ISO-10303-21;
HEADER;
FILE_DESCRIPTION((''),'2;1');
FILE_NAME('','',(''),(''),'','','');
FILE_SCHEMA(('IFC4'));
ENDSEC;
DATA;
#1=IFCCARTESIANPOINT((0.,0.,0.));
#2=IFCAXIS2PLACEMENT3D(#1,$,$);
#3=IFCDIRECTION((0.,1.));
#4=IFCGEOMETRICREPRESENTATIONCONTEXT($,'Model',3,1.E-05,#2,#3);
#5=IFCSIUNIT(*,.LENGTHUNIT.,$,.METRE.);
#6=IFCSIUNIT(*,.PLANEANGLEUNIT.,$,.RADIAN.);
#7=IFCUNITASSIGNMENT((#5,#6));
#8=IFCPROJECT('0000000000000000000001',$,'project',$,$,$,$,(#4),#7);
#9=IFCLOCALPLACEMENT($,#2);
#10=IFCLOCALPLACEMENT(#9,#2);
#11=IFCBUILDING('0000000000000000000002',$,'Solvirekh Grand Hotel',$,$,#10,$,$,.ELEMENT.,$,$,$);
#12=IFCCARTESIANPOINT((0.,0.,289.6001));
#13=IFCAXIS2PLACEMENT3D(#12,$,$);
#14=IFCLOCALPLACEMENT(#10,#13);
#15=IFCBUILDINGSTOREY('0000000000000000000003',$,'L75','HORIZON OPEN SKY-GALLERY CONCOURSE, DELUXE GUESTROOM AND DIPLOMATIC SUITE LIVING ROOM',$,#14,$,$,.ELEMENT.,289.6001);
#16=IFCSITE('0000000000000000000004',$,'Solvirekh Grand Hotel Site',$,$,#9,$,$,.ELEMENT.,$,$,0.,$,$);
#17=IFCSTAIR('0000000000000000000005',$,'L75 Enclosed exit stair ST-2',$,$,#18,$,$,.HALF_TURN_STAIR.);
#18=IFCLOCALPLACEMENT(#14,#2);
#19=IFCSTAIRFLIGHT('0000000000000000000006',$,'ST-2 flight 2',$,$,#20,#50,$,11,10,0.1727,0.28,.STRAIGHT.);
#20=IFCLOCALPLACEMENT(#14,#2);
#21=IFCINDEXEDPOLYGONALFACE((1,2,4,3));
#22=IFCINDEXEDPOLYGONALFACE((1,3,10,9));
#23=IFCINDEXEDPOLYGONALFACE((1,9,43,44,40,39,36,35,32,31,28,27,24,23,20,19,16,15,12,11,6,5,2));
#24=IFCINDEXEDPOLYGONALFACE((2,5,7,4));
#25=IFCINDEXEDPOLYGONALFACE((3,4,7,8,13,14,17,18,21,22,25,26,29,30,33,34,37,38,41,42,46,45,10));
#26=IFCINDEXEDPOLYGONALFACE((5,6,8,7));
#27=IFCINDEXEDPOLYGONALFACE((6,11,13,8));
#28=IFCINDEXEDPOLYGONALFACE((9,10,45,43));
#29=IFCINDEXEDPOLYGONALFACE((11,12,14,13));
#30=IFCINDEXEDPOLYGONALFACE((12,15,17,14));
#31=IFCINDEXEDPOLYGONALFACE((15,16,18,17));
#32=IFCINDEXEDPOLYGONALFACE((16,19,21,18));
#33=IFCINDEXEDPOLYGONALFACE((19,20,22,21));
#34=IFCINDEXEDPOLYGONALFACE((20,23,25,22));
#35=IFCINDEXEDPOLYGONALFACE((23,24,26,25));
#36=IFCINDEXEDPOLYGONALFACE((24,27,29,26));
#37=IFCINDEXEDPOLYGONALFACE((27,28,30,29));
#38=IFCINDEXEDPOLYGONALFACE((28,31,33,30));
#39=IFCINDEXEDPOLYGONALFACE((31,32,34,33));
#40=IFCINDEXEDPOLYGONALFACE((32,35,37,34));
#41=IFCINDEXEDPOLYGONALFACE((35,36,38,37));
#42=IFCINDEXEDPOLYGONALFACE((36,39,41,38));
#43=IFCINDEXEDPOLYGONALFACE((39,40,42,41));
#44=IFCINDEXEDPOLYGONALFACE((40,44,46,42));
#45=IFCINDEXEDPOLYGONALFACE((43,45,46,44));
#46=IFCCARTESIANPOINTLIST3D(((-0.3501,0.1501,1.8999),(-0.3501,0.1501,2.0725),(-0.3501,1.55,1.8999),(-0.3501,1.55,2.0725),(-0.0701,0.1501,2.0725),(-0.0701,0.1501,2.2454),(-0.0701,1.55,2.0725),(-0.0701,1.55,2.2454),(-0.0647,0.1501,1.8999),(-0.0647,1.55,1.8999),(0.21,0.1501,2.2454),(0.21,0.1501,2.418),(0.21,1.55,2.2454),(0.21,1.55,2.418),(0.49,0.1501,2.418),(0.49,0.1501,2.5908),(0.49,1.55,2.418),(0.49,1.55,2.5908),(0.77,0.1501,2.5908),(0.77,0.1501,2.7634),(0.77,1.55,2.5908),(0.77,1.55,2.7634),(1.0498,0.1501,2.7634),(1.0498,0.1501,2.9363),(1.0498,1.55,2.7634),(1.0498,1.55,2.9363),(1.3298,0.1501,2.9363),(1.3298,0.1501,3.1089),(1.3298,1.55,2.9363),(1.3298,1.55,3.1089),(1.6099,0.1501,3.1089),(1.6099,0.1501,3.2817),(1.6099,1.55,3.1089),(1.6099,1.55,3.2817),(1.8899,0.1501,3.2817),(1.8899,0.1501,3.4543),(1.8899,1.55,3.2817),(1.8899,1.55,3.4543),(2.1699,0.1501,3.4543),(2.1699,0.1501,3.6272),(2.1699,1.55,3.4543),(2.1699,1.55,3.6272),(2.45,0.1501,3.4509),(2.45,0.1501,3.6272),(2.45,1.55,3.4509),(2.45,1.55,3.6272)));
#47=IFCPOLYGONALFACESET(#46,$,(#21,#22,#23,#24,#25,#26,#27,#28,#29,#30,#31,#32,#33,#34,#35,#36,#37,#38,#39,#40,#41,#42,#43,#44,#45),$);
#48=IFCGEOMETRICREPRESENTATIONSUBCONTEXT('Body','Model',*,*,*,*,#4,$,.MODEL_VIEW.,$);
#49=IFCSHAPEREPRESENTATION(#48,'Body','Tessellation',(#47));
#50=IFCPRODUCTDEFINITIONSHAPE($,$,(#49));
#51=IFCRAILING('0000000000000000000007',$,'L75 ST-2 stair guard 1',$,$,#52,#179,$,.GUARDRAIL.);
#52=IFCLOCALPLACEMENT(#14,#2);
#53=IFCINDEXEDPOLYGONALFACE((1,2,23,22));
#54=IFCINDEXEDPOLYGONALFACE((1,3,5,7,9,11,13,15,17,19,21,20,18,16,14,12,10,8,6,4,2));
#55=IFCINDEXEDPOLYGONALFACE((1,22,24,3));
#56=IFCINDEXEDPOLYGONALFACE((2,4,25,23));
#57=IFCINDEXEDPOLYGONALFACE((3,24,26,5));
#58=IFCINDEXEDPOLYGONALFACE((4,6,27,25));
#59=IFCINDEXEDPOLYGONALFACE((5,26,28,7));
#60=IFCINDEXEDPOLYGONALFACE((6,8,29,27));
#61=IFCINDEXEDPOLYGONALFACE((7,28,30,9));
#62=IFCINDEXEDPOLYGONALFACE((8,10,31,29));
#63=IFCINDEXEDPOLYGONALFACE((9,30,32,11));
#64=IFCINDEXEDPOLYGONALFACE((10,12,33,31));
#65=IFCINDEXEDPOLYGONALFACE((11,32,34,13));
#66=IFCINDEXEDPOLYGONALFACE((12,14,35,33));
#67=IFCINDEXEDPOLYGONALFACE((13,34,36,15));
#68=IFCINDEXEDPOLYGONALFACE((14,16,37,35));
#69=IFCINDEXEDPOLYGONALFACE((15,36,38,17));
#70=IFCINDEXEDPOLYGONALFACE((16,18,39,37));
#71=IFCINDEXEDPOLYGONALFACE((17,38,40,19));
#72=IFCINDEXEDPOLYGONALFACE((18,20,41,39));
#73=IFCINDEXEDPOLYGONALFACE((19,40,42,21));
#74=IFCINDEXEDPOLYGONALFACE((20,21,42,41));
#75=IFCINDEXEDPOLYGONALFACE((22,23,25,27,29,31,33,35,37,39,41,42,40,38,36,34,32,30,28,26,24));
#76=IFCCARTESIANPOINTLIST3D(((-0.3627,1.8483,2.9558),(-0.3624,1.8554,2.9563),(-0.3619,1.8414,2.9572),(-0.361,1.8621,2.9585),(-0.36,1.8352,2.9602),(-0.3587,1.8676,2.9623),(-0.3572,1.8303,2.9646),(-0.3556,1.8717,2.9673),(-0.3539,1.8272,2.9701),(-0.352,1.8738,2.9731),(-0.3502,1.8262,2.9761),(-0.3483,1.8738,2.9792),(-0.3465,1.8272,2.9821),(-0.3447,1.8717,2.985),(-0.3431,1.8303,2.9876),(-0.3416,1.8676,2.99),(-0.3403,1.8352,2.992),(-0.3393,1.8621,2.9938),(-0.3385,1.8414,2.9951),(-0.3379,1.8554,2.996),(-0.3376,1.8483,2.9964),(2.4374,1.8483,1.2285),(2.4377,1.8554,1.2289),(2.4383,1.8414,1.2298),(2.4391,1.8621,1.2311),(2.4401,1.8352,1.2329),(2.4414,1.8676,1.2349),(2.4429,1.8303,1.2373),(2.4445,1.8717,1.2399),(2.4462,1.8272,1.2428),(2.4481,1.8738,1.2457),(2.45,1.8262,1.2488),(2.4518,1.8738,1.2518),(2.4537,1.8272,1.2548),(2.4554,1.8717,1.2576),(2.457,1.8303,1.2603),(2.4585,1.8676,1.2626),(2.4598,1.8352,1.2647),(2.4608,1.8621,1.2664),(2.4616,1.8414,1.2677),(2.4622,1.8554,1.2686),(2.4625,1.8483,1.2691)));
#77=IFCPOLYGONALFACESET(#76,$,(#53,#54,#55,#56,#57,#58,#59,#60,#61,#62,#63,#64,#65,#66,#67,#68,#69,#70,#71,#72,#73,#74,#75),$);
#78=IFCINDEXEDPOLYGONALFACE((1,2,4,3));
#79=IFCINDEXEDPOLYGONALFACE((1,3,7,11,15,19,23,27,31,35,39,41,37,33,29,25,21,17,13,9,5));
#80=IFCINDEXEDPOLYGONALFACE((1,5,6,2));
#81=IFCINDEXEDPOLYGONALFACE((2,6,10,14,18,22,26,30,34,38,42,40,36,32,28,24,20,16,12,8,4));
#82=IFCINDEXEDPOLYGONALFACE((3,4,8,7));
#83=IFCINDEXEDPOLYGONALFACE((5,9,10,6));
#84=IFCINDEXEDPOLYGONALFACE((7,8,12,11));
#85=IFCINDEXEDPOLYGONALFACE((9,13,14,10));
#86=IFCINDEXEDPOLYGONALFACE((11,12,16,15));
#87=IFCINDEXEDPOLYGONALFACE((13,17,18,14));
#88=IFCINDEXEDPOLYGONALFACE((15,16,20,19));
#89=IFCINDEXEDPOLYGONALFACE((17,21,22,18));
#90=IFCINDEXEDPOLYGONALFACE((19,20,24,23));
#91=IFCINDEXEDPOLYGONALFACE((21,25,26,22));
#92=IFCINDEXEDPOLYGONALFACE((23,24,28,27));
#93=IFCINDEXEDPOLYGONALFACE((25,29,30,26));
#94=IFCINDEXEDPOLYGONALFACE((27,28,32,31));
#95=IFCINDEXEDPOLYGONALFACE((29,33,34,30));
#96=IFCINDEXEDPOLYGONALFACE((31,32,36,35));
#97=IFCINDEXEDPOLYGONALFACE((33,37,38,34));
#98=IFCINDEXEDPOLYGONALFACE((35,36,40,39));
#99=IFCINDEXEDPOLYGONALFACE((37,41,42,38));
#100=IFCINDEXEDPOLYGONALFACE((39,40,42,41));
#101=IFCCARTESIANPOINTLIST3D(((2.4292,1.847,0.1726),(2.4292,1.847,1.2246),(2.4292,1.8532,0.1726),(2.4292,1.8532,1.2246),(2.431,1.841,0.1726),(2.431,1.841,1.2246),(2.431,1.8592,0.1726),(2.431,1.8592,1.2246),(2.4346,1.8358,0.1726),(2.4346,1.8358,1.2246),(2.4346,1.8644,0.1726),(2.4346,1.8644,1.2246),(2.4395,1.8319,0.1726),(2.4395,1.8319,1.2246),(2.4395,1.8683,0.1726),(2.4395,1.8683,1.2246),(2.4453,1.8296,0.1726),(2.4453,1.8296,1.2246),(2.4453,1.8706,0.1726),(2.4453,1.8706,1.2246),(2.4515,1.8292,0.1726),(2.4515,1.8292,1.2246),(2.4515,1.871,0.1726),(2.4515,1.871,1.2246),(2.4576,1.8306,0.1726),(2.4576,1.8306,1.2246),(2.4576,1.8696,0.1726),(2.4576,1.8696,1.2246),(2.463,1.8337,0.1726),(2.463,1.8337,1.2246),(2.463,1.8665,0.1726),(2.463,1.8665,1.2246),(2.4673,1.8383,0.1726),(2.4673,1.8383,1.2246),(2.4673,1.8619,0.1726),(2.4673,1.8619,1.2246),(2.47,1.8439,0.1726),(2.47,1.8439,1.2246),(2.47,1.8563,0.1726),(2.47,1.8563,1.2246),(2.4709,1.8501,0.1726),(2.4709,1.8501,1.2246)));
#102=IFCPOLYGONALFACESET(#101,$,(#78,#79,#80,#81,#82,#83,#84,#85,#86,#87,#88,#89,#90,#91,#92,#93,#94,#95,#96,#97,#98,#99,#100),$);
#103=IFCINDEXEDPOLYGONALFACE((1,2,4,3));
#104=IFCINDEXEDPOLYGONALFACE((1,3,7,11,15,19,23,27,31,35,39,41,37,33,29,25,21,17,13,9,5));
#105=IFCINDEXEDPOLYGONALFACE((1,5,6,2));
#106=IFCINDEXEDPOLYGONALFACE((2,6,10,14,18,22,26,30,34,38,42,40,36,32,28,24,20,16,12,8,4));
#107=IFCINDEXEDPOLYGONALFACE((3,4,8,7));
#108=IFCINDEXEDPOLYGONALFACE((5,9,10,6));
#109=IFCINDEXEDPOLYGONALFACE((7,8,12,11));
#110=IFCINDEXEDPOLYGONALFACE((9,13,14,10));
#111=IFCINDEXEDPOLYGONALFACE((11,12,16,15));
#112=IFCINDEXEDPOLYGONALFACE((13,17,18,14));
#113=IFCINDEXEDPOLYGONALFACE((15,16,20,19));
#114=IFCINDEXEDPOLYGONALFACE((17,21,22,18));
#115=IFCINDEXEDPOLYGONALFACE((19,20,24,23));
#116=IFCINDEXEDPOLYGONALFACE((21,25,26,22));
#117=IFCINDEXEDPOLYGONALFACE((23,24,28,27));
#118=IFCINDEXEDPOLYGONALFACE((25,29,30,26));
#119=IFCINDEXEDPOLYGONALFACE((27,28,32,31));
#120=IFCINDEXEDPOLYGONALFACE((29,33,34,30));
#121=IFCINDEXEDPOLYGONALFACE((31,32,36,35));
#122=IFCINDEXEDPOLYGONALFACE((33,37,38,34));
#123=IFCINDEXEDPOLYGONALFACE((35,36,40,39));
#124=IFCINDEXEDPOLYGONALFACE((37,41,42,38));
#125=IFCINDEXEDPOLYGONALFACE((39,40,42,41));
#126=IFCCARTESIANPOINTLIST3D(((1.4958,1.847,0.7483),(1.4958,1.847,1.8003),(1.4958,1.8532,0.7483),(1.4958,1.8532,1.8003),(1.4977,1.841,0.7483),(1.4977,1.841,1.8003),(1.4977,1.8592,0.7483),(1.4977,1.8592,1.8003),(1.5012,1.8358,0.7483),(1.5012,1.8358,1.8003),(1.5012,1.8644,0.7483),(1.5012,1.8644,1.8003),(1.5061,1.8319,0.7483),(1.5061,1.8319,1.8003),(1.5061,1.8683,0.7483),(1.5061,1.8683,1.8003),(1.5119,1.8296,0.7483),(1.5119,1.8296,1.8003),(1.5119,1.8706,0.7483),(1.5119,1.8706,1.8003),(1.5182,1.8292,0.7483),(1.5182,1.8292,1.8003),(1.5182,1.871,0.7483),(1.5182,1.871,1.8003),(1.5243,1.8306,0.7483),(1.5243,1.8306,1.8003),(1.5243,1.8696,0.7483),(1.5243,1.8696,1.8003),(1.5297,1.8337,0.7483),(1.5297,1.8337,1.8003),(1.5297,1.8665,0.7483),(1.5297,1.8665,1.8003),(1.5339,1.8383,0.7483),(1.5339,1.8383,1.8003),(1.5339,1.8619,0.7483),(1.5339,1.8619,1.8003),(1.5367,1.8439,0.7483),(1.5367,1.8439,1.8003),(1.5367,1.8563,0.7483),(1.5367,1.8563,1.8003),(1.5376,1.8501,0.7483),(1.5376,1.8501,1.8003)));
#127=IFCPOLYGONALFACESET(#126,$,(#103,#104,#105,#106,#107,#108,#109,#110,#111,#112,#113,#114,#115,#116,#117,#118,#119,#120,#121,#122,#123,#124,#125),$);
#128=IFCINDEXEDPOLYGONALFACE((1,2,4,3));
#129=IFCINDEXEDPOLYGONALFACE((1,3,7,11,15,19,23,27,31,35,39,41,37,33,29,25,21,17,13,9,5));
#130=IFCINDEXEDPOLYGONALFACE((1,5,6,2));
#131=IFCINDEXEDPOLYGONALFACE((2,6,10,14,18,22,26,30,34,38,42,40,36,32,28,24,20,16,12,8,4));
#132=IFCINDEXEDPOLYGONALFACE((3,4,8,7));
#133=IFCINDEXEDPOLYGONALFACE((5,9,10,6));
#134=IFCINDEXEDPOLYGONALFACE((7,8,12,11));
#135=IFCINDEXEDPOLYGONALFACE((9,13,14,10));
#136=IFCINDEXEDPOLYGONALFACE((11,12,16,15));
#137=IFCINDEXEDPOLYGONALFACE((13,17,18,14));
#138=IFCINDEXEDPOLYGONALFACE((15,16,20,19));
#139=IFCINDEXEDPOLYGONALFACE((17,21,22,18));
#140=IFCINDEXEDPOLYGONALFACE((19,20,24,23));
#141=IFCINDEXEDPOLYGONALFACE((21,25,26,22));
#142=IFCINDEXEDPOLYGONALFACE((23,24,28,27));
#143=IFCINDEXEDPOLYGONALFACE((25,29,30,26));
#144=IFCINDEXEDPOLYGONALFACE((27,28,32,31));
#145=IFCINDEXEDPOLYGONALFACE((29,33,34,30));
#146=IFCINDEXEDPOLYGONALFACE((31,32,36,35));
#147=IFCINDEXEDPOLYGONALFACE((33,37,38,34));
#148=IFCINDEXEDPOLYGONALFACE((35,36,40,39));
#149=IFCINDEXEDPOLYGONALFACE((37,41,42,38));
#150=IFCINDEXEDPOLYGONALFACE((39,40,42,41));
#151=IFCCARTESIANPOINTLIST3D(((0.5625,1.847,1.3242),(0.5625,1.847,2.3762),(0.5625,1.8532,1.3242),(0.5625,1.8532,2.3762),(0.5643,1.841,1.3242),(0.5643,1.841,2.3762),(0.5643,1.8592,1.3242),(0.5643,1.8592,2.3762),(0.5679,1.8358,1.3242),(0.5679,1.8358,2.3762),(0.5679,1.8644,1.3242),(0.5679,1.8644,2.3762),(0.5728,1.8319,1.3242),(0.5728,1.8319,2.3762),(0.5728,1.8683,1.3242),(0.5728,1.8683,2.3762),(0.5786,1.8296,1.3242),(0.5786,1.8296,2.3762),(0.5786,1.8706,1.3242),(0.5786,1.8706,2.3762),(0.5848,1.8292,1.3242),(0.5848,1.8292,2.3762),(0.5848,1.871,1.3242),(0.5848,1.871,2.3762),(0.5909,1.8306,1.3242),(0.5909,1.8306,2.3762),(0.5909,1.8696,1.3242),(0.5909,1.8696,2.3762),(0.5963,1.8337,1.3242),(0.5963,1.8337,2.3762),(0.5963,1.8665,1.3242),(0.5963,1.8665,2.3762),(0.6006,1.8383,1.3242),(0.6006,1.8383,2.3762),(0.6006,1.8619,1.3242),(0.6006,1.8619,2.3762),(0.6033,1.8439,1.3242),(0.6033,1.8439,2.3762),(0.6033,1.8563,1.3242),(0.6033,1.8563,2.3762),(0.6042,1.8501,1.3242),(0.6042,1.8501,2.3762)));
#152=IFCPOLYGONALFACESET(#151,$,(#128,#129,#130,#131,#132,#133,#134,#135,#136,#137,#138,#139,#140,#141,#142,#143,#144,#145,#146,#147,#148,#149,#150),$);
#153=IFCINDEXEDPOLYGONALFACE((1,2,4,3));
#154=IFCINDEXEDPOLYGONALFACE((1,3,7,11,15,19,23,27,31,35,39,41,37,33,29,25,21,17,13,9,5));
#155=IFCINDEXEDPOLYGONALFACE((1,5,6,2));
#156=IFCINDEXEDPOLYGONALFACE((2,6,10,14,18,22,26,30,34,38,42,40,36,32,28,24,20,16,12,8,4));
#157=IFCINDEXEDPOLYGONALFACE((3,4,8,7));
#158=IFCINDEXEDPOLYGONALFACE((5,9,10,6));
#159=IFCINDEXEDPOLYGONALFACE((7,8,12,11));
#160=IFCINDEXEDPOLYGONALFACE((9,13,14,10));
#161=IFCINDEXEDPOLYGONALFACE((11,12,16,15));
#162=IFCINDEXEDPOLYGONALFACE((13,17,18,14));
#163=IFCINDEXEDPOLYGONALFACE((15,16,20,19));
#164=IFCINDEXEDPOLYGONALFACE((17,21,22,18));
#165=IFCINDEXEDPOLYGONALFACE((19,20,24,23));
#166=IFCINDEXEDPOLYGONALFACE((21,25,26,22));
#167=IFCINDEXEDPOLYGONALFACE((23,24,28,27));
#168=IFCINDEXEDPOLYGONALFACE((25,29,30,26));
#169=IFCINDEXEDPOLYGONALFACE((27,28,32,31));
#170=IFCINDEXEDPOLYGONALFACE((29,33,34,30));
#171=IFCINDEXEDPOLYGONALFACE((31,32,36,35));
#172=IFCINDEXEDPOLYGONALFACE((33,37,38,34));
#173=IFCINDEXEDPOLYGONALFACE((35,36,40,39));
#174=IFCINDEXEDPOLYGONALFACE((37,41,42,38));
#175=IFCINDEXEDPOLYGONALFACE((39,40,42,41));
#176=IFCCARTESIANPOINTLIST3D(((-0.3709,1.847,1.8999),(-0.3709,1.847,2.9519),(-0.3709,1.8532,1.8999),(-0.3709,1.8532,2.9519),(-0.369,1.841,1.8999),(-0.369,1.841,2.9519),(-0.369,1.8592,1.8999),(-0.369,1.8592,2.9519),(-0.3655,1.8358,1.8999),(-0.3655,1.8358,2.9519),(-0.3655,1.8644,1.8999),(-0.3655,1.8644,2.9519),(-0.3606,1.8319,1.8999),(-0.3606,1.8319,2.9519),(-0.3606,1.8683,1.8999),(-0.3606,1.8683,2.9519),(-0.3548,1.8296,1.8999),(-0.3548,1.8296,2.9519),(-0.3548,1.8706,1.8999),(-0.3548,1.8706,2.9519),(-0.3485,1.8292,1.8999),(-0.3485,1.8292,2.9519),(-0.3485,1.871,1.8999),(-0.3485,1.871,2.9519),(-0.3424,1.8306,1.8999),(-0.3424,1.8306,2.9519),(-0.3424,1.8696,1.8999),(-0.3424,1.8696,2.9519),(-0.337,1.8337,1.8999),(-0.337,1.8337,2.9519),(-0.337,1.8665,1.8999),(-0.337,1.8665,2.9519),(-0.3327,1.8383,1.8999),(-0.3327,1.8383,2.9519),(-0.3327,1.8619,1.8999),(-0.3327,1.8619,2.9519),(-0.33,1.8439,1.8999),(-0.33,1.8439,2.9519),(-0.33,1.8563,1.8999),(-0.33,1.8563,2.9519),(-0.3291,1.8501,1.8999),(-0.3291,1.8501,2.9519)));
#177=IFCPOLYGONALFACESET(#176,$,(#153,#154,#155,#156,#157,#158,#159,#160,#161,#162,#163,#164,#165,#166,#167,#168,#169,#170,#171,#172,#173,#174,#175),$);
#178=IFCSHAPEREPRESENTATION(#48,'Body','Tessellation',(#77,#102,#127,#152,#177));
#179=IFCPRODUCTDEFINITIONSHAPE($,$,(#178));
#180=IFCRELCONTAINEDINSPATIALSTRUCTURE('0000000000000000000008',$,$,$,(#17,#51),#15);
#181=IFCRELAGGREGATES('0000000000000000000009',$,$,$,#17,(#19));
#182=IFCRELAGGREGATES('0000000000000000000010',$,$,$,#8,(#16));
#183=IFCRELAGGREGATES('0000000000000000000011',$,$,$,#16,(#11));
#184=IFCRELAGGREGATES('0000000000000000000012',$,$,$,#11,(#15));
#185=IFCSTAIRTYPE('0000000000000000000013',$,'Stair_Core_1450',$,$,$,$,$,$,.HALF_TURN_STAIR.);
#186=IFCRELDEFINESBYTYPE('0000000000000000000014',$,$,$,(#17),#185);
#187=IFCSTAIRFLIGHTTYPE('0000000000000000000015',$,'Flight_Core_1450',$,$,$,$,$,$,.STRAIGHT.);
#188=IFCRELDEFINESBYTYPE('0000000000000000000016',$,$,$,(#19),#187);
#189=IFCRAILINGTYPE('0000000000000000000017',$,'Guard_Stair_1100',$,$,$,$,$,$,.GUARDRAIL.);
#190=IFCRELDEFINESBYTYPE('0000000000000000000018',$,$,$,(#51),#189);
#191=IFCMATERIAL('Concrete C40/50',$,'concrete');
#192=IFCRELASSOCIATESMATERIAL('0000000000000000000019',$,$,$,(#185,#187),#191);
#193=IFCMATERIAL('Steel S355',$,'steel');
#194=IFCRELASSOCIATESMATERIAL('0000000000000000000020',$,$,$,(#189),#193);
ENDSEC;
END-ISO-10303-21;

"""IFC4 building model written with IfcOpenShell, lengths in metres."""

from ifc_helpers import new_model, si_unit, direction, frame, origin, origin_2d, place, context, subcontext, project, spatial, polyline, circle, outline, extrude, material, type_object, element, aggregate, save


model = new_model("IFC4")

# Units and contexts
model_context = context("Model", 3, precision=1e-05, world=origin(), true_north=direction((0.0, 1.0)))
body_context = subcontext(model_context, "Body", "Model", "MODEL_VIEW")
ifc_project = project(units=[si_unit("LENGTHUNIT", "METRE"), si_unit("PLANEANGLEUNIT", "RADIAN")], contexts=[model_context])

# Site, building, storey
site_placement = place(None, origin())
site = spatial("IfcSite", under=ifc_project, at=site_placement, Name="Solvirekh Grand Hotel Site", CompositionType="ELEMENT", RefElevation=0.0)
building_placement = place(site_placement, origin())
building = spatial("IfcBuilding", under=site, at=building_placement, Name="Solvirekh Grand Hotel", CompositionType="ELEMENT")
storey_placement = place(building_placement, frame((0.0, 0.0, 289.6001)))
storey = spatial("IfcBuildingStorey", under=building, at=storey_placement, Name="L75", Description="HORIZON OPEN SKY-GALLERY CONCOURSE, DELUXE GUESTROOM AND DIPLOMATIC SUITE LIVING ROOM", CompositionType="ELEMENT", Elevation=289.6001)

# Shared definitions
ifc_material_1 = material(Name="Concrete C40/50", Category="concrete")

# Stair, stair flight
stair_type = type_object("IfcStairType", Name="Stair_Core_1450", PredefinedType="HALF_TURN_STAIR", material=ifc_material_1)
stair_placement = place(storey_placement, origin())
stair = element("IfcStair", 1, at=stair_placement, inside=storey, type_object=stair_type, Name="L75 Enclosed exit stair ST-2", PredefinedType="HALF_TURN_STAIR")
stair_flight_type = type_object("IfcStairFlightType", Name="Flight_Core_1450", PredefinedType="STRAIGHT", material=ifc_material_1)
stair_flight_1_placement = place(storey_placement, frame((-0.3501, 0.8501, 1.8999), z_axis=(0.0, 0.0, 1.0), x_axis=(1.0, 0.0, 0.0)))
stair_flight_1 = element("IfcStairFlight", 2, at=stair_flight_1_placement, type_object=stair_flight_type, Name="ST-2 flight 2", NumberOfRisers=11, NumberOfTreads=10, PredefinedType="STRAIGHT", RiserHeight=0.1727, TreadLength=0.28, context=body_context, shape_type="SweptSolid", body=[
    extrude(outline(polyline([(0.0, 0.0), (0.0, 0.1726), (0.28, 0.1726), (0.28, 0.3455), (0.5601, 0.3455), (0.5601, 0.5181), (0.8401, 0.5181), (0.8401, 0.6909), (1.1201, 0.6909), (1.1201, 0.8635), (1.3999, 0.8635), (1.3999, 1.0364), (1.6799, 1.0364), (1.6799, 1.209), (1.96, 1.209), (1.96, 1.3818), (2.24, 1.3818), (2.24, 1.5544), (2.52, 1.5544), (2.52, 1.7273), (2.8, 1.7273), (2.8, 1.8999), (2.8, 1.551), (0.2854, 0.0), (0.0, 0.0)])), frame((0.0, 0.7, 0.0), z_axis=(0.0, -1.0, 0.0), x_axis=(1.0, 0.0, 0.0)), (0.0, 0.0, 1.0), 1.3999),
])
aggregate(stair, [stair_flight_1])

# Railing
ifc_material_2 = material(Name="Steel S355", Category="steel")
railing_type_1 = type_object("IfcRailingType", Name="Guard_Stair_1100", PredefinedType="GUARDRAIL", material=ifc_material_2)
railing_1_placement = place(storey_placement, frame((2.45, 1.8501, 0.1726)))
element("IfcRailing", 3, at=railing_1_placement, inside=storey, type_object=railing_type_1, Name="L75 ST-2 stair guard 1", PredefinedType="GUARDRAIL", context=body_context, shape_type="SweptSolid", body=[
    extrude(circle(Radius=0.0239, at=origin_2d()), frame((0.0, 0.0, 1.0762), z_axis=(-0.85109, 0.0, 0.52502), x_axis=(0.0, -1.0, 0.0)), (0.0, 0.0, 1.0), 3.29),
    extrude(circle(Radius=0.021, at=origin_2d()), origin(), (0.0, 0.0, 1.0), 1.052),
    extrude(circle(Radius=0.021, at=origin_2d()), frame((-0.9333, 0.0, 0.5757)), (0.0, 0.0, 1.0), 1.052),
    extrude(circle(Radius=0.021, at=origin_2d()), frame((-1.8667, 0.0, 1.1516)), (0.0, 0.0, 1.0), 1.052),
    extrude(circle(Radius=0.021, at=origin_2d()), frame((-2.8, 0.0, 1.7273)), (0.0, 0.0, 1.0), 1.052),
])

save(model, "model.ifc")
